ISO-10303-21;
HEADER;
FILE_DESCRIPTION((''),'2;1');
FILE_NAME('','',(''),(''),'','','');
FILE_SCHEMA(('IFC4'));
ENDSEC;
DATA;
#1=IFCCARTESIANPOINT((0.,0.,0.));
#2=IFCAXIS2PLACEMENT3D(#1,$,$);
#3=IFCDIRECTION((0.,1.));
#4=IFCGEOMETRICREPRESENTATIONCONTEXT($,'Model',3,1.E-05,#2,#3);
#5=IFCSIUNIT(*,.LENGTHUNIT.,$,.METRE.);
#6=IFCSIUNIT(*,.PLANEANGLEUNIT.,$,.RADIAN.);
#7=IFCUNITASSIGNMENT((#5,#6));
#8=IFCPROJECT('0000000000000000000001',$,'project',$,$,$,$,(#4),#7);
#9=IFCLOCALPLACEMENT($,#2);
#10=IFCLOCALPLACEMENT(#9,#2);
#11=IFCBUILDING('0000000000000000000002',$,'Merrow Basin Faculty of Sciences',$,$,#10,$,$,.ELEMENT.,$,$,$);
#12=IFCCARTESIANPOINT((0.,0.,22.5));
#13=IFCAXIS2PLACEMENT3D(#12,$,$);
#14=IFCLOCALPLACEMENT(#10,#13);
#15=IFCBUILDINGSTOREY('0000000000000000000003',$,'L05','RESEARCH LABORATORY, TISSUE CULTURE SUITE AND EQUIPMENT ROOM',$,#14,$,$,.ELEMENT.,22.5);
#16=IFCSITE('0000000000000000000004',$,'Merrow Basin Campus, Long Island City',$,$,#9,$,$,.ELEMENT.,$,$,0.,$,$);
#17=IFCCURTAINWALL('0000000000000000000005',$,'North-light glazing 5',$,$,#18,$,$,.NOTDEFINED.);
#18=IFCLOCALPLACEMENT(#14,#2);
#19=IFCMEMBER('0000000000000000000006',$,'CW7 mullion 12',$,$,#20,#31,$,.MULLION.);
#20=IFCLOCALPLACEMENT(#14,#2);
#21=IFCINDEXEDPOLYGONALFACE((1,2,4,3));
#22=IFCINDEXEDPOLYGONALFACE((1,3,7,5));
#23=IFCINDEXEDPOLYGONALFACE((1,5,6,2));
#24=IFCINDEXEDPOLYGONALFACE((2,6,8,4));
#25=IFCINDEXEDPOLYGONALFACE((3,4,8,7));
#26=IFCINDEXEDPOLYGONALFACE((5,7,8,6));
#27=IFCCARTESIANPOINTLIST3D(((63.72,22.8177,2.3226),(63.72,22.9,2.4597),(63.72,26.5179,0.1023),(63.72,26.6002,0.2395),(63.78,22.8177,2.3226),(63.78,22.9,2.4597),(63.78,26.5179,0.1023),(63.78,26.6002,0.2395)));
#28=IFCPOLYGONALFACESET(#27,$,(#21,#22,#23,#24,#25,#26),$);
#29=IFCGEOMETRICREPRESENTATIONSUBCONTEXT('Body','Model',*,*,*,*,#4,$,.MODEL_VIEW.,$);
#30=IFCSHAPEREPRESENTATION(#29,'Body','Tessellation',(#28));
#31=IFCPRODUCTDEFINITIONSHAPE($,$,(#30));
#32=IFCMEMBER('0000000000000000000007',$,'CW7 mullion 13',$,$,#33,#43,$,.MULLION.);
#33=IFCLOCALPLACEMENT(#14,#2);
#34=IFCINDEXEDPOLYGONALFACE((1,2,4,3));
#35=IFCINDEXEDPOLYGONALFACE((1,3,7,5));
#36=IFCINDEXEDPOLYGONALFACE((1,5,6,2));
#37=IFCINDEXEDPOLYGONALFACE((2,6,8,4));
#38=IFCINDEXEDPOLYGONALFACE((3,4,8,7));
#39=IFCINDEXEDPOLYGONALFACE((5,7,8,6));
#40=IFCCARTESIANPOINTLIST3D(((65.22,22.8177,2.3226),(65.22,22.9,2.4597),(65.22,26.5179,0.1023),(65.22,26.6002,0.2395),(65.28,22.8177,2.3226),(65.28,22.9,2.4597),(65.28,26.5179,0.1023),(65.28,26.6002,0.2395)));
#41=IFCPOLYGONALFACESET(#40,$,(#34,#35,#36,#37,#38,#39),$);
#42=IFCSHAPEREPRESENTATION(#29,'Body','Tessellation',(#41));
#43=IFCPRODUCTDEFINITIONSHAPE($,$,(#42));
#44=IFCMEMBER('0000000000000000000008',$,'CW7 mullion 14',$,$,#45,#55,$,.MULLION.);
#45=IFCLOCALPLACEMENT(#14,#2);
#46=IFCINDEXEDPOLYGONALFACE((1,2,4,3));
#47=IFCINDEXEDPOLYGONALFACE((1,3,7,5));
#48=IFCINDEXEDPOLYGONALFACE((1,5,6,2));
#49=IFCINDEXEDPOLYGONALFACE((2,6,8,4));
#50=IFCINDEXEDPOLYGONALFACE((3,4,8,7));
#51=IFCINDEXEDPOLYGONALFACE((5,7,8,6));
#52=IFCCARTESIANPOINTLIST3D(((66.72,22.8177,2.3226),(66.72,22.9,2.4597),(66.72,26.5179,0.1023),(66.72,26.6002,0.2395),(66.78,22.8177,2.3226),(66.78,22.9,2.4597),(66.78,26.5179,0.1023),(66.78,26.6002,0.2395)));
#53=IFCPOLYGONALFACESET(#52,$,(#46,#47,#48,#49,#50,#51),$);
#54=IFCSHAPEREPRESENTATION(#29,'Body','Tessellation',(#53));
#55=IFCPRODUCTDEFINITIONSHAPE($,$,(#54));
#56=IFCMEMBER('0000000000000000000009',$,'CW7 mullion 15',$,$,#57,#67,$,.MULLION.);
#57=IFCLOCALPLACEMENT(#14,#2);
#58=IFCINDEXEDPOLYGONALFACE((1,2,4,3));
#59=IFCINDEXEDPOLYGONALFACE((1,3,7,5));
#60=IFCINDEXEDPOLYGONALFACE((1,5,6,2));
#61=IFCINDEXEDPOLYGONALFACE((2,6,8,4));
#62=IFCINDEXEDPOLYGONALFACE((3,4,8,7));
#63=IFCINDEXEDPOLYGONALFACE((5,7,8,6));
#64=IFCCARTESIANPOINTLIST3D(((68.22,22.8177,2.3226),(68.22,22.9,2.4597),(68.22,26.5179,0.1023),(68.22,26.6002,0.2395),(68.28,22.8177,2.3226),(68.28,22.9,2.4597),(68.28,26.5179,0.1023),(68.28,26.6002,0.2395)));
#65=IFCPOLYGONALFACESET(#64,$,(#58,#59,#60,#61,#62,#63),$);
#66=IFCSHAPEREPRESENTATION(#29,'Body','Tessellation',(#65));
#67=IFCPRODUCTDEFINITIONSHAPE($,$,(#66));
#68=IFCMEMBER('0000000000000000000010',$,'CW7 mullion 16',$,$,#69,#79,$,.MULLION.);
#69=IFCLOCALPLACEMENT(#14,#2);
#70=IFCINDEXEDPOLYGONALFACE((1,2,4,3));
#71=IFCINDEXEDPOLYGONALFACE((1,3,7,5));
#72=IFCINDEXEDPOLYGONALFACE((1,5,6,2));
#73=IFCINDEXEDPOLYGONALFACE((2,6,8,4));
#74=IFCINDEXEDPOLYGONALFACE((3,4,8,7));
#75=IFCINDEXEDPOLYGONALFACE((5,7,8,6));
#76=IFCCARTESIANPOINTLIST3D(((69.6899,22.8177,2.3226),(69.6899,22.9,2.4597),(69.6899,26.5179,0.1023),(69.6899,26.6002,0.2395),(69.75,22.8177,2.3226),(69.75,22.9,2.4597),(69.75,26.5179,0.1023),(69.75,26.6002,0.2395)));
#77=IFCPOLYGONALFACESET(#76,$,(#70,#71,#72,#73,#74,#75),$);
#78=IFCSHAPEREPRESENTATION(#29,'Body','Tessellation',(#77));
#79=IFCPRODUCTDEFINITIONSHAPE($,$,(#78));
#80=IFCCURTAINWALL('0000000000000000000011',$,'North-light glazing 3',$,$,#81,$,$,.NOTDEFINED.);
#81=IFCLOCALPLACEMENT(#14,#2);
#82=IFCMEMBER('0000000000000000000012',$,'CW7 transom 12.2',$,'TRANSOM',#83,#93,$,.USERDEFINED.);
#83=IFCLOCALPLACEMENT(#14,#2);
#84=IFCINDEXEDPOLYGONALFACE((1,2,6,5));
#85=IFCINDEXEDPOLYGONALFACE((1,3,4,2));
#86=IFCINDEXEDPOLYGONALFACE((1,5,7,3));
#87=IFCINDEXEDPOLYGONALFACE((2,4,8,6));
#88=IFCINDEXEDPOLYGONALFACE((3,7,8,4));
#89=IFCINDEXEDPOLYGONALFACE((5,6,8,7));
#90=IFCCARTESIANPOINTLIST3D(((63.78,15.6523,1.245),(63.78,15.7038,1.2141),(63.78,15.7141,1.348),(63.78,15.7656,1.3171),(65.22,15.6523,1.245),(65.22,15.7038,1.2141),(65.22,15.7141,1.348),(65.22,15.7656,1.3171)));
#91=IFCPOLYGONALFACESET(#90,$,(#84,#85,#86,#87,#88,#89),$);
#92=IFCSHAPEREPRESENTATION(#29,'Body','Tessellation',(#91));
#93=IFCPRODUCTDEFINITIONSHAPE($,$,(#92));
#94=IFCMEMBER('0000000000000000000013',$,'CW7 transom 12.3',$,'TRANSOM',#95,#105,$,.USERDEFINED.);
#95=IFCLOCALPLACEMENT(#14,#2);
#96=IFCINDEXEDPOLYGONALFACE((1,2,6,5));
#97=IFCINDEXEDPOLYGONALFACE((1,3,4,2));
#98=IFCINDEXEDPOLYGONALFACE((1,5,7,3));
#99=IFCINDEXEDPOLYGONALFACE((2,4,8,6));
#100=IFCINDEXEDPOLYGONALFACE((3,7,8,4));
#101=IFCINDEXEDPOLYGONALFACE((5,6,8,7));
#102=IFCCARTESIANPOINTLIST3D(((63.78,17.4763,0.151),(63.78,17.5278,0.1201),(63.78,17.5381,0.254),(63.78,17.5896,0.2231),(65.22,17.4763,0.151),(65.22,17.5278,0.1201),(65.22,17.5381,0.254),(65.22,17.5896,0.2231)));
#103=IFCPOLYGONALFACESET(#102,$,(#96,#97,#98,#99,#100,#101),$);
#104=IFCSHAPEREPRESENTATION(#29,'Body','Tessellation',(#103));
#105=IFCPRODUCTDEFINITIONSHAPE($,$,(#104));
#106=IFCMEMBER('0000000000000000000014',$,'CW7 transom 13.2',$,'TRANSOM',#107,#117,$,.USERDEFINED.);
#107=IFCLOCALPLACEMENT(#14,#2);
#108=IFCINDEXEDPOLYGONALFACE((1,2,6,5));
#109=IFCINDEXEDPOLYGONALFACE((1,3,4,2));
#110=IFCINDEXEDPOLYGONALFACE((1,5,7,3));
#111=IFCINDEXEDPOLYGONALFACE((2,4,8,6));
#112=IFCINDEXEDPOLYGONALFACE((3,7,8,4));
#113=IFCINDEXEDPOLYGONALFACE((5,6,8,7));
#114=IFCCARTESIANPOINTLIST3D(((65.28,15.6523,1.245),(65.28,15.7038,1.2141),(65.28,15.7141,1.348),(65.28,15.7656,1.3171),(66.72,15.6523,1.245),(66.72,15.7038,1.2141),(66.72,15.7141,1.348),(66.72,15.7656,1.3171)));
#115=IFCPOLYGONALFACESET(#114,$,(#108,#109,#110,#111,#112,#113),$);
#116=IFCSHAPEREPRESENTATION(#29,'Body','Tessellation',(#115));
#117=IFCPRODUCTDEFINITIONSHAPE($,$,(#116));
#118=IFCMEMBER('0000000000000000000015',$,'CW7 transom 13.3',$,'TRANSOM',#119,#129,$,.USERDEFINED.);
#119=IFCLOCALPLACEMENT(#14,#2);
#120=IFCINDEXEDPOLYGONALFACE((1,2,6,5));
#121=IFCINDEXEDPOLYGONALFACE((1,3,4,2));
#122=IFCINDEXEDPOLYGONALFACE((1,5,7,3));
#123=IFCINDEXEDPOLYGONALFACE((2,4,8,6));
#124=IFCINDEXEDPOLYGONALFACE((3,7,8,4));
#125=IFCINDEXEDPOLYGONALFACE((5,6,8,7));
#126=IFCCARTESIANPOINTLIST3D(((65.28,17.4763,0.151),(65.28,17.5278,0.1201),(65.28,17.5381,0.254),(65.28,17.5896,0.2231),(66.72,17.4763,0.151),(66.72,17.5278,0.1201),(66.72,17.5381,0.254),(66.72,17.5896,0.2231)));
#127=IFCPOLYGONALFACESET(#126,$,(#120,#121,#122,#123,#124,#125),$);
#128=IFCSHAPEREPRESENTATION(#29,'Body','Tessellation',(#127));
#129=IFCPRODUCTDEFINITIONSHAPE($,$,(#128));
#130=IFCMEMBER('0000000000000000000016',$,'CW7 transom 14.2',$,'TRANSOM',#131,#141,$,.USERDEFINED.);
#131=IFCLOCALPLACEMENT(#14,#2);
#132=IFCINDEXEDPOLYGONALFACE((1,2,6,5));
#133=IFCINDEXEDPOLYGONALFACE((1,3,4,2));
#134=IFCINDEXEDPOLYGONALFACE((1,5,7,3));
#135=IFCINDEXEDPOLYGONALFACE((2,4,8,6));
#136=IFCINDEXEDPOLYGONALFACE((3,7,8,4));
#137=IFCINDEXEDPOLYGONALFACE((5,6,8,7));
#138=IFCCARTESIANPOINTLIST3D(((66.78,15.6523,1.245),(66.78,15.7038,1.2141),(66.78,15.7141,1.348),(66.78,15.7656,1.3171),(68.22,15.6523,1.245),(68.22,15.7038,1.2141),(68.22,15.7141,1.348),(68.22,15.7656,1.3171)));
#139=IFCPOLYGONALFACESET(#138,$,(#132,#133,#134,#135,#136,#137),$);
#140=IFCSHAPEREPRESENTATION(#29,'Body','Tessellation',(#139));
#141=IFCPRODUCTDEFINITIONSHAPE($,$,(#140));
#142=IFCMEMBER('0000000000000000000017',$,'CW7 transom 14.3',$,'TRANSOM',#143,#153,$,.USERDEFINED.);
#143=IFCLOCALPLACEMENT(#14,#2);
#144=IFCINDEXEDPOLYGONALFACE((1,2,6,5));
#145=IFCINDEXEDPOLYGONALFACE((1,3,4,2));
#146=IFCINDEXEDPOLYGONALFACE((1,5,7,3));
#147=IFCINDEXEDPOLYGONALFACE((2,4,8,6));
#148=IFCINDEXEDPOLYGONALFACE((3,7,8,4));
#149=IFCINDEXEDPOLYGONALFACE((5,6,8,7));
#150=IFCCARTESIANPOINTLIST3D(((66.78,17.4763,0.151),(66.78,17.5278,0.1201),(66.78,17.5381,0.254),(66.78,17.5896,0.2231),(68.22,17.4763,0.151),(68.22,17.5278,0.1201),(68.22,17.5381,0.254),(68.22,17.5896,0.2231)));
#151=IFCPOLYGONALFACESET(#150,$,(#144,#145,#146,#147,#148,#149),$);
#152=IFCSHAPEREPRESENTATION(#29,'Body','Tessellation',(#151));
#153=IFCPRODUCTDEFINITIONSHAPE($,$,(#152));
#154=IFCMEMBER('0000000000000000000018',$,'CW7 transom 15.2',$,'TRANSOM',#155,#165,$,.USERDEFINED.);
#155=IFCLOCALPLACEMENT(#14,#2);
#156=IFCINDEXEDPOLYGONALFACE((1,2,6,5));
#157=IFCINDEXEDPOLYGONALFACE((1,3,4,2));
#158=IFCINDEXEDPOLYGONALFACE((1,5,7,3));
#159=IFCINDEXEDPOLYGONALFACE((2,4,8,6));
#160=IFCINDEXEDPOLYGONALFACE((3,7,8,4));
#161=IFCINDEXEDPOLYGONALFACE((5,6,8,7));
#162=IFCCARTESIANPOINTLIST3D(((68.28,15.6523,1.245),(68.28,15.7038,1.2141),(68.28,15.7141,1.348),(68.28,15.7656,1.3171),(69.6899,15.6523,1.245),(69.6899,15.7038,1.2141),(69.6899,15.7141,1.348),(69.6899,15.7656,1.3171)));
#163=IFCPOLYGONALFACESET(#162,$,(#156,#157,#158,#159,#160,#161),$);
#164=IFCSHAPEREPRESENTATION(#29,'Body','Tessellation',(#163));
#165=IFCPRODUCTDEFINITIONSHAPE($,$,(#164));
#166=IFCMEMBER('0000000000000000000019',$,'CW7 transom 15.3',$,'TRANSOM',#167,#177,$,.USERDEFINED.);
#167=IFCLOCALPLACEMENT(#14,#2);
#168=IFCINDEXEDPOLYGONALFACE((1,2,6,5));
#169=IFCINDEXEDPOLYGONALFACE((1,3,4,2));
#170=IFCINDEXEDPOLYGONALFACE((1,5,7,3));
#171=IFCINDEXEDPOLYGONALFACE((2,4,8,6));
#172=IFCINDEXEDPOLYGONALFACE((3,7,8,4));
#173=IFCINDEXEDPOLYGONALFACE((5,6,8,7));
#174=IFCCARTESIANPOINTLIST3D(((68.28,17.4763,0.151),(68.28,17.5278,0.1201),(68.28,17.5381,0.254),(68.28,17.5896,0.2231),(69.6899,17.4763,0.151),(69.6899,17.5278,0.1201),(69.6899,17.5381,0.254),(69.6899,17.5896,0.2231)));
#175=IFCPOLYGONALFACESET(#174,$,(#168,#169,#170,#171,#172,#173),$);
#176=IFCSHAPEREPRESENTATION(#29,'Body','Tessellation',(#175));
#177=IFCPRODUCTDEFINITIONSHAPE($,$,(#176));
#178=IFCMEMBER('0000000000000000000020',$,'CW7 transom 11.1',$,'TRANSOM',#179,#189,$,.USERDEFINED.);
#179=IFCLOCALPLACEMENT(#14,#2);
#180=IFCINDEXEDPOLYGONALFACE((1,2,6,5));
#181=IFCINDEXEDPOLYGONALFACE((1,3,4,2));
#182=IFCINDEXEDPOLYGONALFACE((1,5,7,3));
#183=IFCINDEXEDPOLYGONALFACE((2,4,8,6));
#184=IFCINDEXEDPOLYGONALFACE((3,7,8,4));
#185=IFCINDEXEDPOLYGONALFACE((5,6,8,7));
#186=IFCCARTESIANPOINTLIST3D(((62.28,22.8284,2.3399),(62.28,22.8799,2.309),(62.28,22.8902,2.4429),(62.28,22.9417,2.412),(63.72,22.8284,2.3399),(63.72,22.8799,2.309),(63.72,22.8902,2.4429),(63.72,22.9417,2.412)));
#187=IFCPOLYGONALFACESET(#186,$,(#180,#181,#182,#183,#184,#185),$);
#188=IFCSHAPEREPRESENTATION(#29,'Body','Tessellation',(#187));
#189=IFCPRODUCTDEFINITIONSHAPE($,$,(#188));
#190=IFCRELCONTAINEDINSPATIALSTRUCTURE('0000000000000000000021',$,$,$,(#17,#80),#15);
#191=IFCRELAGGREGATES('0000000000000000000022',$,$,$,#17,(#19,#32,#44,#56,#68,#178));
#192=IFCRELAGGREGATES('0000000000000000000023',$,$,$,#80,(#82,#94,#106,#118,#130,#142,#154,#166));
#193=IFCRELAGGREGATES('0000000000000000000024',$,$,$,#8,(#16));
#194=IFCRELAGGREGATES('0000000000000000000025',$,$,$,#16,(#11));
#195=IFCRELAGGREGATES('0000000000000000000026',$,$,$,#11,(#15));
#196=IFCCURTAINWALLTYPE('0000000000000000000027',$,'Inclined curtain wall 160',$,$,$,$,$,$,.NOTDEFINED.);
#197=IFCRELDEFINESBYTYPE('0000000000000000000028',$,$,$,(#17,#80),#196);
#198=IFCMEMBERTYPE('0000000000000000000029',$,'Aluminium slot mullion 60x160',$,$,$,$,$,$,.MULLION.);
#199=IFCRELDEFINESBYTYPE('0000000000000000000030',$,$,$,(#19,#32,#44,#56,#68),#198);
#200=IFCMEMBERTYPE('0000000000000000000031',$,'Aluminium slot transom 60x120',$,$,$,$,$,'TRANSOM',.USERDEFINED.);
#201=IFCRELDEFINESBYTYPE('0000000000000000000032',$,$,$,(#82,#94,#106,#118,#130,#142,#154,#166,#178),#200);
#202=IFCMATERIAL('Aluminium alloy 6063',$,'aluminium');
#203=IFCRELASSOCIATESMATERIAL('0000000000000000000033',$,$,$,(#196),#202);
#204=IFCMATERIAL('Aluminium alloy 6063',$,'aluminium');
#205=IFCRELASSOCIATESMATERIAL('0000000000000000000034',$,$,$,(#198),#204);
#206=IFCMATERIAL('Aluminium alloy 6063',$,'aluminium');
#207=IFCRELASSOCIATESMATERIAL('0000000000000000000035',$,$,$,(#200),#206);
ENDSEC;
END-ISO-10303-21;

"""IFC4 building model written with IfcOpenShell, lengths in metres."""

from ifc_helpers import new_model, si_unit, direction, frame, origin, origin_2d, place, context, subcontext, project, spatial, rectangle, extrude, material, material_profile, profile_set, type_object, element, aggregate, save


model = new_model("IFC4")

# Units and contexts
model_context = context("Model", 3, precision=1e-05, world=origin(), true_north=direction((0.0, 1.0)))
body_context = subcontext(model_context, "Body", "Model", "MODEL_VIEW")
ifc_project = project(units=[si_unit("LENGTHUNIT", "METRE"), si_unit("PLANEANGLEUNIT", "RADIAN")], contexts=[model_context])

# Site, building, storey
site_placement = place(None, origin())
site = spatial("IfcSite", under=ifc_project, at=site_placement, Name="Merrow Basin Campus, Long Island City", CompositionType="ELEMENT", RefElevation=0.0)
building_placement = place(site_placement, origin())
building = spatial("IfcBuilding", under=site, at=building_placement, Name="Merrow Basin Faculty of Sciences", CompositionType="ELEMENT")
storey_placement = place(building_placement, frame((0.0, 0.0, 22.5)))
storey = spatial("IfcBuildingStorey", under=building, at=storey_placement, Name="L05", Description="RESEARCH LABORATORY, TISSUE CULTURE SUITE AND EQUIPMENT ROOM", CompositionType="ELEMENT", Elevation=22.5)

# Curtain walls, members
ifc_material_1 = material(Name="Aluminium alloy 6063", Category="aluminium")
curtain_wall_type = type_object("IfcCurtainWallType", Name="Inclined curtain wall 160", PredefinedType="NOTDEFINED", material=ifc_material_1)
curtain_wall_1_placement = place(storey_placement, origin())
curtain_wall_1 = element("IfcCurtainWall", 1, at=curtain_wall_1_placement, inside=storey, type_object=curtain_wall_type, Name="North-light glazing 5", PredefinedType="NOTDEFINED")
ifc_material_2 = material(Name="Aluminium alloy 6063", Category="aluminium")
ifc_material_profile_1 = material_profile(ifc_material_2, rectangle(XDim=0.0601, YDim=0.1599, at=origin_2d()))
ifc_profile_set_1 = profile_set([ifc_material_profile_1], Name="Aluminium alloy 6063")
member_type_1 = type_object("IfcMemberType", Name="Aluminium slot mullion 60x160", PredefinedType="MULLION", material=ifc_profile_set_1)
member_1_placement = place(storey_placement, frame((63.75, 22.8589, 2.3911), z_axis=(0.0, 0.857483, -0.514512), x_axis=(-1.0, 0.0, 0.0)))
member_1 = element("IfcMember", 2, at=member_1_placement, type_object=member_type_1, Name="CW7 mullion 12", PredefinedType="MULLION", context=body_context, shape_type="SweptSolid", body=[
    extrude(rectangle(XDim=0.0601, YDim=0.1599, at=origin_2d()), origin(), (0.0, 0.0, 1.0), 4.3152),
])
member_2_placement = place(storey_placement, frame((65.25, 22.8589, 2.3911), z_axis=(0.0, 0.857483, -0.514512), x_axis=(-1.0, 0.0, 0.0)))
member_2 = element("IfcMember", 3, at=member_2_placement, type_object=member_type_1, Name="CW7 mullion 13", PredefinedType="MULLION", context=body_context, shape_type="SweptSolid", body=[
    extrude(rectangle(XDim=0.0601, YDim=0.1599, at=origin_2d()), origin(), (0.0, 0.0, 1.0), 4.3152),
])
member_3_placement = place(storey_placement, frame((66.75, 22.8589, 2.3911), z_axis=(0.0, 0.857483, -0.514512), x_axis=(-1.0, 0.0, 0.0)))
member_3 = element("IfcMember", 4, at=member_3_placement, type_object=member_type_1, Name="CW7 mullion 14", PredefinedType="MULLION", context=body_context, shape_type="SweptSolid", body=[
    extrude(rectangle(XDim=0.0601, YDim=0.1599, at=origin_2d()), origin(), (0.0, 0.0, 1.0), 4.3152),
])
member_4_placement = place(storey_placement, frame((68.25, 22.8589, 2.3911), z_axis=(0.0, 0.857483, -0.514512), x_axis=(-1.0, 0.0, 0.0)))
member_4 = element("IfcMember", 5, at=member_4_placement, type_object=member_type_1, Name="CW7 mullion 15", PredefinedType="MULLION", context=body_context, shape_type="SweptSolid", body=[
    extrude(rectangle(XDim=0.0601, YDim=0.1599, at=origin_2d()), origin(), (0.0, 0.0, 1.0), 4.3152),
])
member_5_placement = place(storey_placement, frame((69.72, 22.8589, 2.3911), z_axis=(0.0, 0.857483, -0.514512), x_axis=(-1.0, 0.0, 0.0)))
member_5 = element("IfcMember", 6, at=member_5_placement, type_object=member_type_1, Name="CW7 mullion 16", PredefinedType="MULLION", context=body_context, shape_type="SweptSolid", body=[
    extrude(rectangle(XDim=0.0601, YDim=0.1599, at=origin_2d()), origin(), (0.0, 0.0, 1.0), 4.3152),
])
curtain_wall_2_placement = place(storey_placement, origin())
curtain_wall_2 = element("IfcCurtainWall", 7, at=curtain_wall_2_placement, inside=storey, type_object=curtain_wall_type, Name="North-light glazing 3", PredefinedType="NOTDEFINED")
ifc_material_3 = material(Name="Aluminium alloy 6063", Category="aluminium")
ifc_material_profile_2 = material_profile(ifc_material_3, rectangle(XDim=0.0601, YDim=0.1201, at=origin_2d()))
ifc_profile_set_2 = profile_set([ifc_material_profile_2], Name="Aluminium alloy 6063")
member_type_2 = type_object("IfcMemberType", Name="Aluminium slot transom 60x120", ElementType="TRANSOM", PredefinedType="USERDEFINED", material=ifc_profile_set_2)
member_6_placement = place(storey_placement, frame((63.78, 15.709, 1.281), z_axis=(1.0, 0.0, 0.0), x_axis=(0.0, 0.857493, -0.514496)))
member_6 = element("IfcMember", 8, at=member_6_placement, type_object=member_type_2, Name="CW7 transom 12.2", ObjectType="TRANSOM", PredefinedType="USERDEFINED", context=body_context, shape_type="SweptSolid", body=[
    extrude(rectangle(XDim=0.0601, YDim=0.1201, at=origin_2d()), origin(), (0.0, 0.0, 1.0), 1.4399),
])
member_7_placement = place(storey_placement, frame((63.78, 17.533, 0.187), z_axis=(1.0, 0.0, 0.0), x_axis=(0.0, 0.857493, -0.514496)))
member_7 = element("IfcMember", 9, at=member_7_placement, type_object=member_type_2, Name="CW7 transom 12.3", ObjectType="TRANSOM", PredefinedType="USERDEFINED", context=body_context, shape_type="SweptSolid", body=[
    extrude(rectangle(XDim=0.0601, YDim=0.1201, at=origin_2d()), origin(), (0.0, 0.0, 1.0), 1.4399),
])
member_8_placement = place(storey_placement, frame((65.28, 15.709, 1.281), z_axis=(1.0, 0.0, 0.0), x_axis=(0.0, 0.857493, -0.514496)))
member_8 = element("IfcMember", 10, at=member_8_placement, type_object=member_type_2, Name="CW7 transom 13.2", ObjectType="TRANSOM", PredefinedType="USERDEFINED", context=body_context, shape_type="SweptSolid", body=[
    extrude(rectangle(XDim=0.0601, YDim=0.1201, at=origin_2d()), origin(), (0.0, 0.0, 1.0), 1.4399),
])
member_9_placement = place(storey_placement, frame((65.28, 17.533, 0.187), z_axis=(1.0, 0.0, 0.0), x_axis=(0.0, 0.857493, -0.514496)))
member_9 = element("IfcMember", 11, at=member_9_placement, type_object=member_type_2, Name="CW7 transom 13.3", ObjectType="TRANSOM", PredefinedType="USERDEFINED", context=body_context, shape_type="SweptSolid", body=[
    extrude(rectangle(XDim=0.0601, YDim=0.1201, at=origin_2d()), origin(), (0.0, 0.0, 1.0), 1.4399),
])
member_10_placement = place(storey_placement, frame((66.78, 15.709, 1.281), z_axis=(1.0, 0.0, 0.0), x_axis=(0.0, 0.857493, -0.514496)))
member_10 = element("IfcMember", 12, at=member_10_placement, type_object=member_type_2, Name="CW7 transom 14.2", ObjectType="TRANSOM", PredefinedType="USERDEFINED", context=body_context, shape_type="SweptSolid", body=[
    extrude(rectangle(XDim=0.0601, YDim=0.1201, at=origin_2d()), origin(), (0.0, 0.0, 1.0), 1.4399),
])
member_11_placement = place(storey_placement, frame((66.78, 17.533, 0.187), z_axis=(1.0, 0.0, 0.0), x_axis=(0.0, 0.857493, -0.514496)))
member_11 = element("IfcMember", 13, at=member_11_placement, type_object=member_type_2, Name="CW7 transom 14.3", ObjectType="TRANSOM", PredefinedType="USERDEFINED", context=body_context, shape_type="SweptSolid", body=[
    extrude(rectangle(XDim=0.0601, YDim=0.1201, at=origin_2d()), origin(), (0.0, 0.0, 1.0), 1.4399),
])
member_12_placement = place(storey_placement, frame((68.28, 15.709, 1.281), z_axis=(1.0, 0.0, 0.0), x_axis=(0.0, 0.857493, -0.514496)))
member_12 = element("IfcMember", 14, at=member_12_placement, type_object=member_type_2, Name="CW7 transom 15.2", ObjectType="TRANSOM", PredefinedType="USERDEFINED", context=body_context, shape_type="SweptSolid", body=[
    extrude(rectangle(XDim=0.0601, YDim=0.1201, at=origin_2d()), origin(), (0.0, 0.0, 1.0), 1.4099),
])
member_13_placement = place(storey_placement, frame((68.28, 17.533, 0.187), z_axis=(1.0, 0.0, 0.0), x_axis=(0.0, 0.857493, -0.514496)))
member_13 = element("IfcMember", 15, at=member_13_placement, type_object=member_type_2, Name="CW7 transom 15.3", ObjectType="TRANSOM", PredefinedType="USERDEFINED", context=body_context, shape_type="SweptSolid", body=[
    extrude(rectangle(XDim=0.0601, YDim=0.1201, at=origin_2d()), origin(), (0.0, 0.0, 1.0), 1.4099),
])

# Member
member_14_placement = place(storey_placement, frame((62.28, 22.885, 2.376), z_axis=(1.0, 0.0, 0.0), x_axis=(0.0, 0.857493, -0.514496)))
member_14 = element("IfcMember", 16, at=member_14_placement, type_object=member_type_2, Name="CW7 transom 11.1", ObjectType="TRANSOM", PredefinedType="USERDEFINED", context=body_context, shape_type="SweptSolid", body=[
    extrude(rectangle(XDim=0.0601, YDim=0.1201, at=origin_2d()), origin(), (0.0, 0.0, 1.0), 1.4399),
])
aggregate(curtain_wall_1, [member_1, member_2, member_3, member_4, member_5, member_14])

aggregate(curtain_wall_2, [member_6, member_7, member_8, member_9, member_10, member_11, member_12, member_13])

save(model, "model.ifc")
